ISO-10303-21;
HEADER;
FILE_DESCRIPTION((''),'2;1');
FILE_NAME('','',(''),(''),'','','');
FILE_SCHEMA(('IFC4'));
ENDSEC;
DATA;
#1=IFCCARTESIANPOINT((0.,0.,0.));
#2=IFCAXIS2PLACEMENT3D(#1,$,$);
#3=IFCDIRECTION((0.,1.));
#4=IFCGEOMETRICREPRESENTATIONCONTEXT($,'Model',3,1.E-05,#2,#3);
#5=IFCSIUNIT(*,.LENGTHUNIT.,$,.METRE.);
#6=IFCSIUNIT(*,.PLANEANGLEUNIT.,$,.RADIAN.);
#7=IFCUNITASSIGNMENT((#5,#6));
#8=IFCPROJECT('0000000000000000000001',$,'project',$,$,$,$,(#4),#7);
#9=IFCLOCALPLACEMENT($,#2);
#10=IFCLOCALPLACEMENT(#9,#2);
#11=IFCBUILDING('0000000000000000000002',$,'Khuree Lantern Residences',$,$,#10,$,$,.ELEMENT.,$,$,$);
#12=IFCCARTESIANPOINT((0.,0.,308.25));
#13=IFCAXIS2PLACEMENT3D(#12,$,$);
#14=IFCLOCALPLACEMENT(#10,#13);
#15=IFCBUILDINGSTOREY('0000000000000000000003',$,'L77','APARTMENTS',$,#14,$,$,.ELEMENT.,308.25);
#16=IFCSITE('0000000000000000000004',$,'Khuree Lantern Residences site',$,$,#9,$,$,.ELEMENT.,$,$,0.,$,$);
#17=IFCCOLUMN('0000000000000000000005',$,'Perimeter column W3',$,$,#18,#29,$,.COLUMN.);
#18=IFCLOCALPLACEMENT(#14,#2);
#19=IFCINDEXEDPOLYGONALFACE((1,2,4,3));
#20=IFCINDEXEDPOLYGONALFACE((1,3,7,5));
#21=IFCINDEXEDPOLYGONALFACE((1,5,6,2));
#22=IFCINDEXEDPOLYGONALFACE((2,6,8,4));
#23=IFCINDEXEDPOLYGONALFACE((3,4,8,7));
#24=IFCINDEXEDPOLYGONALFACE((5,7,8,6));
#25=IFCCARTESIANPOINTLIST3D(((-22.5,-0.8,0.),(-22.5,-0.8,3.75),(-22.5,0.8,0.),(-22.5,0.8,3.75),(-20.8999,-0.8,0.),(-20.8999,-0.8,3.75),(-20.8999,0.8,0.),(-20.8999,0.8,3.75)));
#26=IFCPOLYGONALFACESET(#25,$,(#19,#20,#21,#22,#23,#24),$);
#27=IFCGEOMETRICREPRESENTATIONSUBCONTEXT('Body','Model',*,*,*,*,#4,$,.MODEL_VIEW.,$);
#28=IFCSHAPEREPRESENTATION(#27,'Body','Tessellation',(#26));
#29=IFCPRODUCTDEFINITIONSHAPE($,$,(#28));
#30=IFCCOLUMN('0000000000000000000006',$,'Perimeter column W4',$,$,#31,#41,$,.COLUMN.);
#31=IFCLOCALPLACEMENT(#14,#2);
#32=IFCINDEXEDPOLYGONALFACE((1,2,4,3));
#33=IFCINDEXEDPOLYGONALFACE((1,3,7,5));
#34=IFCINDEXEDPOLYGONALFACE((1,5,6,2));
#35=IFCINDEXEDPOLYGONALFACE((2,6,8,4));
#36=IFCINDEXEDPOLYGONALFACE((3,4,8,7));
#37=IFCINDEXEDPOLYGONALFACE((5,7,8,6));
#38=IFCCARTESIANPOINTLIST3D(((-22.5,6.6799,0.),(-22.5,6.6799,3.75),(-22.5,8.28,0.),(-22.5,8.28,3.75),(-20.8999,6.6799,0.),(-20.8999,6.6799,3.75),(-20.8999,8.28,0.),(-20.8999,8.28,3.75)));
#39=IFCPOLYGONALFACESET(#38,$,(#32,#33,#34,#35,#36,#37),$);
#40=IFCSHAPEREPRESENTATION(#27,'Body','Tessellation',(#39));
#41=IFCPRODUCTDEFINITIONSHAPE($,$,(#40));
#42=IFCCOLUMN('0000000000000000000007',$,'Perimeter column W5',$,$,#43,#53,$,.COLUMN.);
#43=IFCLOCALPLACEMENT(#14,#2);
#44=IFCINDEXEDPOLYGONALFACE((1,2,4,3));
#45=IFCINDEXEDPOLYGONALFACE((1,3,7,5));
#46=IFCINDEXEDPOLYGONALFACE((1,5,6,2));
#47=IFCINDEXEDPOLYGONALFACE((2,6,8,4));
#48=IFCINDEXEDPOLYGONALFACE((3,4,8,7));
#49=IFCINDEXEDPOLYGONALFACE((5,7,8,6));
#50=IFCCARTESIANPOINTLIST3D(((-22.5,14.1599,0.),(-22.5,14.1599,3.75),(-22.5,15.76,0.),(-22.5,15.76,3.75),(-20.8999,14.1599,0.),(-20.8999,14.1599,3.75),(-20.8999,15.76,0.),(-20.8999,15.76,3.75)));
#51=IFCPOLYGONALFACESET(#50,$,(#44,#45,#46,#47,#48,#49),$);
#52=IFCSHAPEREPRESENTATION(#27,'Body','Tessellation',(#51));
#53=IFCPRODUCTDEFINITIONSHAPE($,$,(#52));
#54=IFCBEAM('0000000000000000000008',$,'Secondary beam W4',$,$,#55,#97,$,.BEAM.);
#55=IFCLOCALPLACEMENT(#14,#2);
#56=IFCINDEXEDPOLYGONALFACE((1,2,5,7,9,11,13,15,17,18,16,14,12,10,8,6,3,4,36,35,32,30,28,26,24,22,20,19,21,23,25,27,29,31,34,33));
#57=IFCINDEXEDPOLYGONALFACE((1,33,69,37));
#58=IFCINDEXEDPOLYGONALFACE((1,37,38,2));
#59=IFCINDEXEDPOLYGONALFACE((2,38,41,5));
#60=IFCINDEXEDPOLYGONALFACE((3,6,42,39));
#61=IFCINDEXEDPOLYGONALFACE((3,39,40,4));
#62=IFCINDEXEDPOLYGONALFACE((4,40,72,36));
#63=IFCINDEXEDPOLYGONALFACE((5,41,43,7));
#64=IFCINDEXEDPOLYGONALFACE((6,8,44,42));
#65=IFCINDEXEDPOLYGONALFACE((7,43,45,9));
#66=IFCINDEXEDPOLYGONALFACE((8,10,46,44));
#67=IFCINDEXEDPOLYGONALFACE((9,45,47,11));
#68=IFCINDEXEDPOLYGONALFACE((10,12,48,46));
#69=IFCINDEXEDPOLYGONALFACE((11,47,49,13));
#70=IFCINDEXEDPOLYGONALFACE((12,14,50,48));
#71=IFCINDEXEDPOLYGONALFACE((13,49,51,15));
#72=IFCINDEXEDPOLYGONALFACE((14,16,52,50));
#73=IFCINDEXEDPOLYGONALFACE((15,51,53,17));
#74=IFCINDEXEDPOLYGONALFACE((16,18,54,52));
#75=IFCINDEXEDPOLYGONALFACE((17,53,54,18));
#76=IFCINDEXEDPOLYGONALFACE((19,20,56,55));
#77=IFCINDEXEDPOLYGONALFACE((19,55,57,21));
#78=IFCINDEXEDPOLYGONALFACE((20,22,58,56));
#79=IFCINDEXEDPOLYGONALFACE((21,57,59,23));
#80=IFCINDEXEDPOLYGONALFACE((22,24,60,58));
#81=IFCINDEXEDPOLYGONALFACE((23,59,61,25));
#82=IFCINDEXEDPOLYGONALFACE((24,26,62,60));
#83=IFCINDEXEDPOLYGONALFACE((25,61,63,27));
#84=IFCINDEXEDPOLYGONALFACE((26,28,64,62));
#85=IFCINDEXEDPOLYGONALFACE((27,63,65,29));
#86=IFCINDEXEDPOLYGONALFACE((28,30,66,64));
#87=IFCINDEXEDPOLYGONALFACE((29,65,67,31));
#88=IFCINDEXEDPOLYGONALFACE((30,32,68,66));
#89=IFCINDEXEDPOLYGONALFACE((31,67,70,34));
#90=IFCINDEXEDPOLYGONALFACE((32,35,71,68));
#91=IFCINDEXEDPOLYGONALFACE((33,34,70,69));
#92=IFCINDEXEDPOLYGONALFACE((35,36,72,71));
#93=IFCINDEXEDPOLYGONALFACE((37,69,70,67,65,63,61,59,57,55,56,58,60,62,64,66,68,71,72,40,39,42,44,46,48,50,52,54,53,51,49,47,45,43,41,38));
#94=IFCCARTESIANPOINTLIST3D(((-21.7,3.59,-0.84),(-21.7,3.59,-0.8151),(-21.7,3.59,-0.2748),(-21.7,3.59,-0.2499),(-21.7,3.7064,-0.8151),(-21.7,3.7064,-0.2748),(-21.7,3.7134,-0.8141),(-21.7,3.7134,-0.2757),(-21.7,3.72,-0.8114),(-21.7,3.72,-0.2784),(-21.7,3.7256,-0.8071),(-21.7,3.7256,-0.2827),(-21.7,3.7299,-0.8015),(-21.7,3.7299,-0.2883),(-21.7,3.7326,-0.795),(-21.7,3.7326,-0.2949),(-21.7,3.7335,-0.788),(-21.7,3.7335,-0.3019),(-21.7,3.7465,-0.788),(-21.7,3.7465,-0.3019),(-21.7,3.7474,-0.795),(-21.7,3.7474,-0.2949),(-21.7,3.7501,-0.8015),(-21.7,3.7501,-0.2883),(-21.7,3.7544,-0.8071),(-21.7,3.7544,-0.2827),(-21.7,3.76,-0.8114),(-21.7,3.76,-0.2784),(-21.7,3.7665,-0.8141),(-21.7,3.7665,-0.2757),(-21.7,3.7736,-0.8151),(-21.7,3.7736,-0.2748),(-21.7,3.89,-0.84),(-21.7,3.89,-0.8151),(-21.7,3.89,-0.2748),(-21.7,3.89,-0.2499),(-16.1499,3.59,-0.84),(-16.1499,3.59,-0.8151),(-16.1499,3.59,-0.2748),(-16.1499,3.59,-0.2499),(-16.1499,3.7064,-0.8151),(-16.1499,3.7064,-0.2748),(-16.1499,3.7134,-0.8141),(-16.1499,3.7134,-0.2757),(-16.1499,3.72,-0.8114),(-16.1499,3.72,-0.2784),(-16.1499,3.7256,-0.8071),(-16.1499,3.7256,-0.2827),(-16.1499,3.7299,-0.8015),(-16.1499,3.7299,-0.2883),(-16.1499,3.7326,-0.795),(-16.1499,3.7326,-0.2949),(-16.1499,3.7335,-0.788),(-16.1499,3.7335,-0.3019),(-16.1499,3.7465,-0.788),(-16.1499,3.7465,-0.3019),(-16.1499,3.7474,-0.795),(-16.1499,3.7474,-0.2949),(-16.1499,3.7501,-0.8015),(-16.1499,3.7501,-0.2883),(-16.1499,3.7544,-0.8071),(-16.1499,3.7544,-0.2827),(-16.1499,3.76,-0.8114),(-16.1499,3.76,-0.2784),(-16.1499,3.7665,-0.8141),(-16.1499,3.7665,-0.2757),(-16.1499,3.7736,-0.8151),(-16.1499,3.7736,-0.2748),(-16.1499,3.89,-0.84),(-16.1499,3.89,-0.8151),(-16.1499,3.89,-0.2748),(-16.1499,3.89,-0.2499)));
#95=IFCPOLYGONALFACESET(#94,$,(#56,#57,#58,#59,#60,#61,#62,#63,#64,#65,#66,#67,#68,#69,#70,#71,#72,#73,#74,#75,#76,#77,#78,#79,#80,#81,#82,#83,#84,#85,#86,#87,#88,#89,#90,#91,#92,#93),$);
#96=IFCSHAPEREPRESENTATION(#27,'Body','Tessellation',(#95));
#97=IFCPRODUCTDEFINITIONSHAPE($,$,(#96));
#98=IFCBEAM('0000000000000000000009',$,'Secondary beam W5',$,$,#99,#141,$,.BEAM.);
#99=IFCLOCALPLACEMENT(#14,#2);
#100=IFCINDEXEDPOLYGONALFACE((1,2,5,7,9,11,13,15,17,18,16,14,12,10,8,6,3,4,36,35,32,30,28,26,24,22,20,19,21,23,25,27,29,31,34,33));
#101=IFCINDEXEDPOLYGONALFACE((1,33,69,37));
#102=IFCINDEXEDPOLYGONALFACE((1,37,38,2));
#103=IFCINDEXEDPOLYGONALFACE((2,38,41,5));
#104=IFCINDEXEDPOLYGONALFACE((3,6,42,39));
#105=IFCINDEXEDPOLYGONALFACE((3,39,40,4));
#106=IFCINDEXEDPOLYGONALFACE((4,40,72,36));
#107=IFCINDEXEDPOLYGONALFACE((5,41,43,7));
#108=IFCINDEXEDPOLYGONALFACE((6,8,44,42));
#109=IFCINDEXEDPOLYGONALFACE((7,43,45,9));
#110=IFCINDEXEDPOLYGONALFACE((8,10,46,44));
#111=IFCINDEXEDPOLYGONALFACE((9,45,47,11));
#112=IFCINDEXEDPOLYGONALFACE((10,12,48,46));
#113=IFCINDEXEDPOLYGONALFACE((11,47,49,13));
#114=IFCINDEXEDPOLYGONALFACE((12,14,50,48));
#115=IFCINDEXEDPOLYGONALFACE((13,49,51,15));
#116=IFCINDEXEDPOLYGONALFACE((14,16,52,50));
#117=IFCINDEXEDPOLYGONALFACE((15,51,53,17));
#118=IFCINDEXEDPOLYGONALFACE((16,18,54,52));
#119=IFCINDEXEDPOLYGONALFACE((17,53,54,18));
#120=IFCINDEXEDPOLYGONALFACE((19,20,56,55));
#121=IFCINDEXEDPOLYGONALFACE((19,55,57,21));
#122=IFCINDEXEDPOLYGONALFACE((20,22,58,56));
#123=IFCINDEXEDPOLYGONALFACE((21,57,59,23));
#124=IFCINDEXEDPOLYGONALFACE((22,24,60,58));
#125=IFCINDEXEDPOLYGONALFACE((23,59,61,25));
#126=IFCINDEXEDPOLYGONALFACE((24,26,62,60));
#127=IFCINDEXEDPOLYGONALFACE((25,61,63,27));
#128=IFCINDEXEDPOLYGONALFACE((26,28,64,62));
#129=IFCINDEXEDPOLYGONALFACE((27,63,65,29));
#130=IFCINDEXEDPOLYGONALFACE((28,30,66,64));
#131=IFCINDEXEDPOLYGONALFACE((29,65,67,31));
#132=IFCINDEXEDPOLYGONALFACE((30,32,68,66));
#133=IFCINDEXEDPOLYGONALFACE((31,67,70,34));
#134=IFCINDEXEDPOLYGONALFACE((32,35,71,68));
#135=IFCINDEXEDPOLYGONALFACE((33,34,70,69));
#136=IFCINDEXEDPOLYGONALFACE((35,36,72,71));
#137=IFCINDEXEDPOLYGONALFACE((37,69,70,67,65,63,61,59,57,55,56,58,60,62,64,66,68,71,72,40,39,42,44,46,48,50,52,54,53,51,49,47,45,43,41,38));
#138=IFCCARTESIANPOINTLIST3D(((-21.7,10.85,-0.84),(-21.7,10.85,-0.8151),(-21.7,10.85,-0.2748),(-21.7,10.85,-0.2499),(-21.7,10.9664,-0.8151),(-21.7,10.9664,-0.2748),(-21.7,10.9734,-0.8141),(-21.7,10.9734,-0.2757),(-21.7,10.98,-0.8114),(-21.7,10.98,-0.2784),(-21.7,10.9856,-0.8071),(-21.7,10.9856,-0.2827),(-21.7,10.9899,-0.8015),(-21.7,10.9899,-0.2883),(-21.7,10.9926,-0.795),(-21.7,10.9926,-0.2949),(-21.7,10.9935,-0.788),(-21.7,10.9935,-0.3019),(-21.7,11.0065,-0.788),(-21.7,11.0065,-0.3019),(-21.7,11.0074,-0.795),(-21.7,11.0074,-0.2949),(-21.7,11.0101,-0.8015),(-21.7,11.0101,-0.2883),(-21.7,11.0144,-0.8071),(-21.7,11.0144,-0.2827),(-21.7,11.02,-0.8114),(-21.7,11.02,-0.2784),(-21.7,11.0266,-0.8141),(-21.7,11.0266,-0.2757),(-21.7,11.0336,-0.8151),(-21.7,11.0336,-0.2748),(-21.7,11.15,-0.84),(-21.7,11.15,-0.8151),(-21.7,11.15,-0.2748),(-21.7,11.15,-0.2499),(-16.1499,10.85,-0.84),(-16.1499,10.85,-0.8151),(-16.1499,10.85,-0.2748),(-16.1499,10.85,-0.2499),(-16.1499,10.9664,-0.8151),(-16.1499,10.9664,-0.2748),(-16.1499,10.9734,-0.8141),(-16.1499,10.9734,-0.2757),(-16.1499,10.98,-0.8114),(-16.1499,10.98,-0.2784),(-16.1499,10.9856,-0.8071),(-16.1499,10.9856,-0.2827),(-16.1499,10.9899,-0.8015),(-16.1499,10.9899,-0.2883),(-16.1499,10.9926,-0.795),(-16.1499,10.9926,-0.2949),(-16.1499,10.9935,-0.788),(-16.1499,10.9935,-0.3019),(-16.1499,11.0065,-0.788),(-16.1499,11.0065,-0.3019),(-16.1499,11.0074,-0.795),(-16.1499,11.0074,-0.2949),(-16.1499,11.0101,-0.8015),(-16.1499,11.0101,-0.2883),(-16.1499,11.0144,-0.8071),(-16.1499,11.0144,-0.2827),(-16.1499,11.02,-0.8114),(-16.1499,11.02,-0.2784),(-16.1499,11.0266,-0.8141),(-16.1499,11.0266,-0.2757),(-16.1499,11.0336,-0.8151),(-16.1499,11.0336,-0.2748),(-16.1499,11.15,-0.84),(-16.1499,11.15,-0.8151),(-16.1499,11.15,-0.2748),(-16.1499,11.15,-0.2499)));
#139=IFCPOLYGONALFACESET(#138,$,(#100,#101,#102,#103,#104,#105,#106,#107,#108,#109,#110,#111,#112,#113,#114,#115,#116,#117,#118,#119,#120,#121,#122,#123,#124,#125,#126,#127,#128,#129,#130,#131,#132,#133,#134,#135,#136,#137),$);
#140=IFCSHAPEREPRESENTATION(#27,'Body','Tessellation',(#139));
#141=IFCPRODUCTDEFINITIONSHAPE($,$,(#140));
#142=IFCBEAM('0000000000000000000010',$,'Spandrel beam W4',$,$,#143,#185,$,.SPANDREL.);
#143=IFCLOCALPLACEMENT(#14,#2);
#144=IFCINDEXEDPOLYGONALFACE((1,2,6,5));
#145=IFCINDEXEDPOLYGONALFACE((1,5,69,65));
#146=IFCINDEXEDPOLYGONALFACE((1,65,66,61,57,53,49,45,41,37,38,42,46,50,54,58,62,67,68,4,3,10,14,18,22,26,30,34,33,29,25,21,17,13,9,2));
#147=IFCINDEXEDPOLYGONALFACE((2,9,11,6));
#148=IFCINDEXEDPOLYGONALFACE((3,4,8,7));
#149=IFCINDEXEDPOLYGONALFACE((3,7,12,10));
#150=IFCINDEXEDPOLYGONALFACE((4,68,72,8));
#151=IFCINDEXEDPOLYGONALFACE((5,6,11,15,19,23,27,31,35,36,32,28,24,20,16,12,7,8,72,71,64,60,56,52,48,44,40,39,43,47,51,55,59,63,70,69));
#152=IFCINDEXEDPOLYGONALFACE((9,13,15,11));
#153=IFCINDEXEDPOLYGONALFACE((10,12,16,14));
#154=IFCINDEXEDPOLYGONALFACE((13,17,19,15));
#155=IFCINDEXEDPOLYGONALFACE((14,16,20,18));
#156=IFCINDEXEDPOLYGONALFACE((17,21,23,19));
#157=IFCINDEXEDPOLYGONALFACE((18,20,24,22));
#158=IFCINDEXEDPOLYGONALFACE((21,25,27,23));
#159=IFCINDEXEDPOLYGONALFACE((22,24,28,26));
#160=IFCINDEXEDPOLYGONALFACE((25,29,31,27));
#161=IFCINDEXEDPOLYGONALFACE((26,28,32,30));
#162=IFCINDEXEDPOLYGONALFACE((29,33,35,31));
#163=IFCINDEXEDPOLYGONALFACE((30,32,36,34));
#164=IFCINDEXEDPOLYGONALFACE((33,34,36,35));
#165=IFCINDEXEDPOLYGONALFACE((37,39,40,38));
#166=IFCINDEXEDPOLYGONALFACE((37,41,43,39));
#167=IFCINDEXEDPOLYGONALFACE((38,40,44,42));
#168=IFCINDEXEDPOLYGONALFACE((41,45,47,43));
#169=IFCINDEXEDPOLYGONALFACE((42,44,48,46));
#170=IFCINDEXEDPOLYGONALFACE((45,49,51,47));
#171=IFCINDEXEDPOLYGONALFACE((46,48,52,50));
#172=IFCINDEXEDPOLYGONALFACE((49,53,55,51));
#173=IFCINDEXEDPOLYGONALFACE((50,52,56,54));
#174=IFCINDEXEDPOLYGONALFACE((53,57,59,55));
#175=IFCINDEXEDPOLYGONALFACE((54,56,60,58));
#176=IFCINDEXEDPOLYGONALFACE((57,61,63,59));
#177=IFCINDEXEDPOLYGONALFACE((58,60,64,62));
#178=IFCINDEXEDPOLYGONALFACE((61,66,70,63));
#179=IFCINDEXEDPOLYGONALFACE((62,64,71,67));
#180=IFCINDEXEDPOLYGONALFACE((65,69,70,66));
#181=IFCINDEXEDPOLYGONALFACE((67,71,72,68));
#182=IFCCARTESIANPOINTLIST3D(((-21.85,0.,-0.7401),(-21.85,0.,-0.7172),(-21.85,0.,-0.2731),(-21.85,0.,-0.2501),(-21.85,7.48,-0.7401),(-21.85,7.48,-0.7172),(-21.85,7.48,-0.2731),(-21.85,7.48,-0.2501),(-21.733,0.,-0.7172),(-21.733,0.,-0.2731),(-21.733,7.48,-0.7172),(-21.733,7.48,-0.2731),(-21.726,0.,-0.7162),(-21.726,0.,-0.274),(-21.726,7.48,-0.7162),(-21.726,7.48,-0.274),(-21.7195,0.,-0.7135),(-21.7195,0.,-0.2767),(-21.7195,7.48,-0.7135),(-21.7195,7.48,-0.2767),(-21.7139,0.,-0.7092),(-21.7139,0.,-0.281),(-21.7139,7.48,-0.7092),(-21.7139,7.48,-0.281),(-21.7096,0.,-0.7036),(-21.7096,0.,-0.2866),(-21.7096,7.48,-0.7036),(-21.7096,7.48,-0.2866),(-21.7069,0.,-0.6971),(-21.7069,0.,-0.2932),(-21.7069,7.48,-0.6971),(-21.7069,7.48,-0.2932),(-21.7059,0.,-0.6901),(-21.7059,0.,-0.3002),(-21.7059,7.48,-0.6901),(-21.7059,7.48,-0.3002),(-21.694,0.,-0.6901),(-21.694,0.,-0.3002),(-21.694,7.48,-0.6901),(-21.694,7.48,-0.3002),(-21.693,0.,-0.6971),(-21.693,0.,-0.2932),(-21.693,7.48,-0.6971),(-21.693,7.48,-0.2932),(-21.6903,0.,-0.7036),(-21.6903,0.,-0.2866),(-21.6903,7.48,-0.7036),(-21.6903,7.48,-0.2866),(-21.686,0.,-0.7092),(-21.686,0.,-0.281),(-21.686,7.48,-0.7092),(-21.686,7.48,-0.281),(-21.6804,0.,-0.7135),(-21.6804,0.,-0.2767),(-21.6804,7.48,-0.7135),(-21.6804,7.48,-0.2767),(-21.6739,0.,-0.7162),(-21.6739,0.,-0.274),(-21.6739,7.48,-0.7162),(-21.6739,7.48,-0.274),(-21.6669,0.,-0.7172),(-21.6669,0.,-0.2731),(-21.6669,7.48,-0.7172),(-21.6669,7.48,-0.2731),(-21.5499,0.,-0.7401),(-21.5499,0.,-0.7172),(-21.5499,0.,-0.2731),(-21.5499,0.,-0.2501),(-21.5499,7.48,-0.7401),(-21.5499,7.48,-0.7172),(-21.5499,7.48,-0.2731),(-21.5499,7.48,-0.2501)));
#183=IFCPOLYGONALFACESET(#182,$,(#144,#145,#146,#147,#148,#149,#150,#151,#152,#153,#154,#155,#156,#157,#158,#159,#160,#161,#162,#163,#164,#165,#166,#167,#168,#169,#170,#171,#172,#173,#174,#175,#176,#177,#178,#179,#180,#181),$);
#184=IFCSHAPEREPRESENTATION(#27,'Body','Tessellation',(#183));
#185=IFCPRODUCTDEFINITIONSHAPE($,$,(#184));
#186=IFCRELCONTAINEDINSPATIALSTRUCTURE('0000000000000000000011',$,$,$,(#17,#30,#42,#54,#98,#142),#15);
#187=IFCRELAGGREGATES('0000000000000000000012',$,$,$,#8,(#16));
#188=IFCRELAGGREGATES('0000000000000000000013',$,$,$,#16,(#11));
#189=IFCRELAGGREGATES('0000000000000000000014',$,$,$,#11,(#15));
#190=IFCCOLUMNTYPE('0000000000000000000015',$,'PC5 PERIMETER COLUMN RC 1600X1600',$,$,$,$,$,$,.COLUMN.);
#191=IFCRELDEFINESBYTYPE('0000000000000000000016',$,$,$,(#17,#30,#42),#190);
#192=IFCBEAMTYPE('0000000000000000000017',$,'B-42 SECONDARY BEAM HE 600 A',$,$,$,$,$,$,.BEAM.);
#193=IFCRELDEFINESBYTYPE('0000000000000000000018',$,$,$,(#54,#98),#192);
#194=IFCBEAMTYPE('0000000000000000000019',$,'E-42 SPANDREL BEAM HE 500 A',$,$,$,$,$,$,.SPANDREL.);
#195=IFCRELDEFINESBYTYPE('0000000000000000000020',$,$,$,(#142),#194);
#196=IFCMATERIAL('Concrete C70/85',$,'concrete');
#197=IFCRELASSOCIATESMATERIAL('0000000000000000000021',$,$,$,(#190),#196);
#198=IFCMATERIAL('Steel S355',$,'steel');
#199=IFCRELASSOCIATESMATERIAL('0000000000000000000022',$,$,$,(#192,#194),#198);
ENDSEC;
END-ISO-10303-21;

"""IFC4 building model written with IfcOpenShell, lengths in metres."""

from ifc_helpers import new_model, si_unit, direction, frame, origin, origin_2d, place, context, subcontext, project, spatial, rectangle, i_section, extrude, material, material_profile, profile_set, type_object, element, save


model = new_model("IFC4")

# Units and contexts
model_context = context("Model", 3, precision=1e-05, world=origin(), true_north=direction((0.0, 1.0)))
body_context = subcontext(model_context, "Body", "Model", "MODEL_VIEW")
ifc_project = project(units=[si_unit("LENGTHUNIT", "METRE"), si_unit("PLANEANGLEUNIT", "RADIAN")], contexts=[model_context])

# Site, building, storey
site_placement = place(None, origin())
site = spatial("IfcSite", under=ifc_project, at=site_placement, Name="Khuree Lantern Residences site", CompositionType="ELEMENT", RefElevation=0.0)
building_placement = place(site_placement, origin())
building = spatial("IfcBuilding", under=site, at=building_placement, Name="Khuree Lantern Residences", CompositionType="ELEMENT")
storey_placement = place(building_placement, frame((0.0, 0.0, 308.25)))
storey = spatial("IfcBuildingStorey", under=building, at=storey_placement, Name="L77", Description="APARTMENTS", CompositionType="ELEMENT", Elevation=308.25)

# Columns
ifc_material_1 = material(Name="Concrete C70/85", Category="concrete")
ifc_material_profile_1 = material_profile(ifc_material_1, rectangle(XDim=1.6001, YDim=1.6001, at=origin_2d()), Name="RC 1600X1600")
ifc_profile_set_1 = profile_set([ifc_material_profile_1], Name="Concrete C70/85")
column_type = type_object("IfcColumnType", Name="PC5 PERIMETER COLUMN RC 1600X1600", PredefinedType="COLUMN", material=ifc_profile_set_1)
for number, where, z_axis, x_axis, name in (
    (1, (-21.7, 0.0, 0.0), (0.0, 0.0, 1.0), (0.0, 1.0, 0.0), "Perimeter column W3"),
    (2, (-21.7, 7.48, 0.0), (0.0, 0.0, 1.0), (0.0, 1.0, 0.0), "Perimeter column W4"),
    (3, (-21.7, 14.96, 0.0), (0.0, 0.0, 1.0), (0.0, 1.0, 0.0), "Perimeter column W5"),
):
    element("IfcColumn", number, at=place(storey_placement, frame(where, z_axis=z_axis, x_axis=x_axis)), inside=storey, type_object=column_type, Name=name, PredefinedType="COLUMN", context=body_context, shape_type="SweptSolid", body=[
        extrude(rectangle(XDim=1.6001, YDim=1.6001, at=origin_2d()), origin(), (0.0, 0.0, 1.0), 3.75),
    ])

# Beams
ifc_material_2 = material(Name="Steel S355", Category="steel")
ifc_material_profile_2 = material_profile(ifc_material_2, i_section(OverallWidth=0.3, OverallDepth=0.5901, WebThickness=0.0129, FlangeThickness=0.0249, FilletRadius=0.0271, at=origin_2d()), Name="HE 600 A")
ifc_profile_set_2 = profile_set([ifc_material_profile_2], Name="Steel S355")
beam_type_1 = type_object("IfcBeamType", Name="B-42 SECONDARY BEAM HE 600 A", PredefinedType="BEAM", material=ifc_profile_set_2)
for number, where, z_axis, x_axis, name in (
    (4, (-21.7, 3.74, -0.5449), (1.0, 0.0, 0.0), (0.0, 1.0, 0.0), "Secondary beam W4"),
    (5, (-21.7, 11.0, -0.5449), (1.0, 0.0, 0.0), (0.0, 1.0, 0.0), "Secondary beam W5"),
):
    element("IfcBeam", number, at=place(storey_placement, frame(where, z_axis=z_axis, x_axis=x_axis)), inside=storey, type_object=beam_type_1, Name=name, PredefinedType="BEAM", context=body_context, shape_type="SweptSolid", body=[
        extrude(i_section(OverallWidth=0.3, OverallDepth=0.5901, WebThickness=0.0129, FlangeThickness=0.0249, FilletRadius=0.0271, at=origin_2d()), origin(), (0.0, 0.0, 1.0), 5.55),
    ])
ifc_material_profile_3 = material_profile(ifc_material_2, i_section(OverallWidth=0.3, OverallDepth=0.49, WebThickness=0.012, FlangeThickness=0.0229, FilletRadius=0.0271, at=origin_2d()), Name="HE 500 A")
ifc_profile_set_3 = profile_set([ifc_material_profile_3], Name="Steel S355")
beam_type_2 = type_object("IfcBeamType", Name="E-42 SPANDREL BEAM HE 500 A", PredefinedType="SPANDREL", material=ifc_profile_set_3)
for number, where, z_axis, x_axis, name in (
    (6, (-21.7, 0.0, -0.4951), (0.0, 1.0, 0.0), (-1.0, 0.0, 0.0), "Spandrel beam W4"),
):
    element("IfcBeam", number, at=place(storey_placement, frame(where, z_axis=z_axis, x_axis=x_axis)), inside=storey, type_object=beam_type_2, Name=name, PredefinedType="SPANDREL", context=body_context, shape_type="SweptSolid", body=[
        extrude(i_section(OverallWidth=0.3, OverallDepth=0.49, WebThickness=0.012, FlangeThickness=0.0229, FilletRadius=0.0271, at=origin_2d()), origin(), (0.0, 0.0, 1.0), 7.48),
    ])

save(model, "model.ifc")
